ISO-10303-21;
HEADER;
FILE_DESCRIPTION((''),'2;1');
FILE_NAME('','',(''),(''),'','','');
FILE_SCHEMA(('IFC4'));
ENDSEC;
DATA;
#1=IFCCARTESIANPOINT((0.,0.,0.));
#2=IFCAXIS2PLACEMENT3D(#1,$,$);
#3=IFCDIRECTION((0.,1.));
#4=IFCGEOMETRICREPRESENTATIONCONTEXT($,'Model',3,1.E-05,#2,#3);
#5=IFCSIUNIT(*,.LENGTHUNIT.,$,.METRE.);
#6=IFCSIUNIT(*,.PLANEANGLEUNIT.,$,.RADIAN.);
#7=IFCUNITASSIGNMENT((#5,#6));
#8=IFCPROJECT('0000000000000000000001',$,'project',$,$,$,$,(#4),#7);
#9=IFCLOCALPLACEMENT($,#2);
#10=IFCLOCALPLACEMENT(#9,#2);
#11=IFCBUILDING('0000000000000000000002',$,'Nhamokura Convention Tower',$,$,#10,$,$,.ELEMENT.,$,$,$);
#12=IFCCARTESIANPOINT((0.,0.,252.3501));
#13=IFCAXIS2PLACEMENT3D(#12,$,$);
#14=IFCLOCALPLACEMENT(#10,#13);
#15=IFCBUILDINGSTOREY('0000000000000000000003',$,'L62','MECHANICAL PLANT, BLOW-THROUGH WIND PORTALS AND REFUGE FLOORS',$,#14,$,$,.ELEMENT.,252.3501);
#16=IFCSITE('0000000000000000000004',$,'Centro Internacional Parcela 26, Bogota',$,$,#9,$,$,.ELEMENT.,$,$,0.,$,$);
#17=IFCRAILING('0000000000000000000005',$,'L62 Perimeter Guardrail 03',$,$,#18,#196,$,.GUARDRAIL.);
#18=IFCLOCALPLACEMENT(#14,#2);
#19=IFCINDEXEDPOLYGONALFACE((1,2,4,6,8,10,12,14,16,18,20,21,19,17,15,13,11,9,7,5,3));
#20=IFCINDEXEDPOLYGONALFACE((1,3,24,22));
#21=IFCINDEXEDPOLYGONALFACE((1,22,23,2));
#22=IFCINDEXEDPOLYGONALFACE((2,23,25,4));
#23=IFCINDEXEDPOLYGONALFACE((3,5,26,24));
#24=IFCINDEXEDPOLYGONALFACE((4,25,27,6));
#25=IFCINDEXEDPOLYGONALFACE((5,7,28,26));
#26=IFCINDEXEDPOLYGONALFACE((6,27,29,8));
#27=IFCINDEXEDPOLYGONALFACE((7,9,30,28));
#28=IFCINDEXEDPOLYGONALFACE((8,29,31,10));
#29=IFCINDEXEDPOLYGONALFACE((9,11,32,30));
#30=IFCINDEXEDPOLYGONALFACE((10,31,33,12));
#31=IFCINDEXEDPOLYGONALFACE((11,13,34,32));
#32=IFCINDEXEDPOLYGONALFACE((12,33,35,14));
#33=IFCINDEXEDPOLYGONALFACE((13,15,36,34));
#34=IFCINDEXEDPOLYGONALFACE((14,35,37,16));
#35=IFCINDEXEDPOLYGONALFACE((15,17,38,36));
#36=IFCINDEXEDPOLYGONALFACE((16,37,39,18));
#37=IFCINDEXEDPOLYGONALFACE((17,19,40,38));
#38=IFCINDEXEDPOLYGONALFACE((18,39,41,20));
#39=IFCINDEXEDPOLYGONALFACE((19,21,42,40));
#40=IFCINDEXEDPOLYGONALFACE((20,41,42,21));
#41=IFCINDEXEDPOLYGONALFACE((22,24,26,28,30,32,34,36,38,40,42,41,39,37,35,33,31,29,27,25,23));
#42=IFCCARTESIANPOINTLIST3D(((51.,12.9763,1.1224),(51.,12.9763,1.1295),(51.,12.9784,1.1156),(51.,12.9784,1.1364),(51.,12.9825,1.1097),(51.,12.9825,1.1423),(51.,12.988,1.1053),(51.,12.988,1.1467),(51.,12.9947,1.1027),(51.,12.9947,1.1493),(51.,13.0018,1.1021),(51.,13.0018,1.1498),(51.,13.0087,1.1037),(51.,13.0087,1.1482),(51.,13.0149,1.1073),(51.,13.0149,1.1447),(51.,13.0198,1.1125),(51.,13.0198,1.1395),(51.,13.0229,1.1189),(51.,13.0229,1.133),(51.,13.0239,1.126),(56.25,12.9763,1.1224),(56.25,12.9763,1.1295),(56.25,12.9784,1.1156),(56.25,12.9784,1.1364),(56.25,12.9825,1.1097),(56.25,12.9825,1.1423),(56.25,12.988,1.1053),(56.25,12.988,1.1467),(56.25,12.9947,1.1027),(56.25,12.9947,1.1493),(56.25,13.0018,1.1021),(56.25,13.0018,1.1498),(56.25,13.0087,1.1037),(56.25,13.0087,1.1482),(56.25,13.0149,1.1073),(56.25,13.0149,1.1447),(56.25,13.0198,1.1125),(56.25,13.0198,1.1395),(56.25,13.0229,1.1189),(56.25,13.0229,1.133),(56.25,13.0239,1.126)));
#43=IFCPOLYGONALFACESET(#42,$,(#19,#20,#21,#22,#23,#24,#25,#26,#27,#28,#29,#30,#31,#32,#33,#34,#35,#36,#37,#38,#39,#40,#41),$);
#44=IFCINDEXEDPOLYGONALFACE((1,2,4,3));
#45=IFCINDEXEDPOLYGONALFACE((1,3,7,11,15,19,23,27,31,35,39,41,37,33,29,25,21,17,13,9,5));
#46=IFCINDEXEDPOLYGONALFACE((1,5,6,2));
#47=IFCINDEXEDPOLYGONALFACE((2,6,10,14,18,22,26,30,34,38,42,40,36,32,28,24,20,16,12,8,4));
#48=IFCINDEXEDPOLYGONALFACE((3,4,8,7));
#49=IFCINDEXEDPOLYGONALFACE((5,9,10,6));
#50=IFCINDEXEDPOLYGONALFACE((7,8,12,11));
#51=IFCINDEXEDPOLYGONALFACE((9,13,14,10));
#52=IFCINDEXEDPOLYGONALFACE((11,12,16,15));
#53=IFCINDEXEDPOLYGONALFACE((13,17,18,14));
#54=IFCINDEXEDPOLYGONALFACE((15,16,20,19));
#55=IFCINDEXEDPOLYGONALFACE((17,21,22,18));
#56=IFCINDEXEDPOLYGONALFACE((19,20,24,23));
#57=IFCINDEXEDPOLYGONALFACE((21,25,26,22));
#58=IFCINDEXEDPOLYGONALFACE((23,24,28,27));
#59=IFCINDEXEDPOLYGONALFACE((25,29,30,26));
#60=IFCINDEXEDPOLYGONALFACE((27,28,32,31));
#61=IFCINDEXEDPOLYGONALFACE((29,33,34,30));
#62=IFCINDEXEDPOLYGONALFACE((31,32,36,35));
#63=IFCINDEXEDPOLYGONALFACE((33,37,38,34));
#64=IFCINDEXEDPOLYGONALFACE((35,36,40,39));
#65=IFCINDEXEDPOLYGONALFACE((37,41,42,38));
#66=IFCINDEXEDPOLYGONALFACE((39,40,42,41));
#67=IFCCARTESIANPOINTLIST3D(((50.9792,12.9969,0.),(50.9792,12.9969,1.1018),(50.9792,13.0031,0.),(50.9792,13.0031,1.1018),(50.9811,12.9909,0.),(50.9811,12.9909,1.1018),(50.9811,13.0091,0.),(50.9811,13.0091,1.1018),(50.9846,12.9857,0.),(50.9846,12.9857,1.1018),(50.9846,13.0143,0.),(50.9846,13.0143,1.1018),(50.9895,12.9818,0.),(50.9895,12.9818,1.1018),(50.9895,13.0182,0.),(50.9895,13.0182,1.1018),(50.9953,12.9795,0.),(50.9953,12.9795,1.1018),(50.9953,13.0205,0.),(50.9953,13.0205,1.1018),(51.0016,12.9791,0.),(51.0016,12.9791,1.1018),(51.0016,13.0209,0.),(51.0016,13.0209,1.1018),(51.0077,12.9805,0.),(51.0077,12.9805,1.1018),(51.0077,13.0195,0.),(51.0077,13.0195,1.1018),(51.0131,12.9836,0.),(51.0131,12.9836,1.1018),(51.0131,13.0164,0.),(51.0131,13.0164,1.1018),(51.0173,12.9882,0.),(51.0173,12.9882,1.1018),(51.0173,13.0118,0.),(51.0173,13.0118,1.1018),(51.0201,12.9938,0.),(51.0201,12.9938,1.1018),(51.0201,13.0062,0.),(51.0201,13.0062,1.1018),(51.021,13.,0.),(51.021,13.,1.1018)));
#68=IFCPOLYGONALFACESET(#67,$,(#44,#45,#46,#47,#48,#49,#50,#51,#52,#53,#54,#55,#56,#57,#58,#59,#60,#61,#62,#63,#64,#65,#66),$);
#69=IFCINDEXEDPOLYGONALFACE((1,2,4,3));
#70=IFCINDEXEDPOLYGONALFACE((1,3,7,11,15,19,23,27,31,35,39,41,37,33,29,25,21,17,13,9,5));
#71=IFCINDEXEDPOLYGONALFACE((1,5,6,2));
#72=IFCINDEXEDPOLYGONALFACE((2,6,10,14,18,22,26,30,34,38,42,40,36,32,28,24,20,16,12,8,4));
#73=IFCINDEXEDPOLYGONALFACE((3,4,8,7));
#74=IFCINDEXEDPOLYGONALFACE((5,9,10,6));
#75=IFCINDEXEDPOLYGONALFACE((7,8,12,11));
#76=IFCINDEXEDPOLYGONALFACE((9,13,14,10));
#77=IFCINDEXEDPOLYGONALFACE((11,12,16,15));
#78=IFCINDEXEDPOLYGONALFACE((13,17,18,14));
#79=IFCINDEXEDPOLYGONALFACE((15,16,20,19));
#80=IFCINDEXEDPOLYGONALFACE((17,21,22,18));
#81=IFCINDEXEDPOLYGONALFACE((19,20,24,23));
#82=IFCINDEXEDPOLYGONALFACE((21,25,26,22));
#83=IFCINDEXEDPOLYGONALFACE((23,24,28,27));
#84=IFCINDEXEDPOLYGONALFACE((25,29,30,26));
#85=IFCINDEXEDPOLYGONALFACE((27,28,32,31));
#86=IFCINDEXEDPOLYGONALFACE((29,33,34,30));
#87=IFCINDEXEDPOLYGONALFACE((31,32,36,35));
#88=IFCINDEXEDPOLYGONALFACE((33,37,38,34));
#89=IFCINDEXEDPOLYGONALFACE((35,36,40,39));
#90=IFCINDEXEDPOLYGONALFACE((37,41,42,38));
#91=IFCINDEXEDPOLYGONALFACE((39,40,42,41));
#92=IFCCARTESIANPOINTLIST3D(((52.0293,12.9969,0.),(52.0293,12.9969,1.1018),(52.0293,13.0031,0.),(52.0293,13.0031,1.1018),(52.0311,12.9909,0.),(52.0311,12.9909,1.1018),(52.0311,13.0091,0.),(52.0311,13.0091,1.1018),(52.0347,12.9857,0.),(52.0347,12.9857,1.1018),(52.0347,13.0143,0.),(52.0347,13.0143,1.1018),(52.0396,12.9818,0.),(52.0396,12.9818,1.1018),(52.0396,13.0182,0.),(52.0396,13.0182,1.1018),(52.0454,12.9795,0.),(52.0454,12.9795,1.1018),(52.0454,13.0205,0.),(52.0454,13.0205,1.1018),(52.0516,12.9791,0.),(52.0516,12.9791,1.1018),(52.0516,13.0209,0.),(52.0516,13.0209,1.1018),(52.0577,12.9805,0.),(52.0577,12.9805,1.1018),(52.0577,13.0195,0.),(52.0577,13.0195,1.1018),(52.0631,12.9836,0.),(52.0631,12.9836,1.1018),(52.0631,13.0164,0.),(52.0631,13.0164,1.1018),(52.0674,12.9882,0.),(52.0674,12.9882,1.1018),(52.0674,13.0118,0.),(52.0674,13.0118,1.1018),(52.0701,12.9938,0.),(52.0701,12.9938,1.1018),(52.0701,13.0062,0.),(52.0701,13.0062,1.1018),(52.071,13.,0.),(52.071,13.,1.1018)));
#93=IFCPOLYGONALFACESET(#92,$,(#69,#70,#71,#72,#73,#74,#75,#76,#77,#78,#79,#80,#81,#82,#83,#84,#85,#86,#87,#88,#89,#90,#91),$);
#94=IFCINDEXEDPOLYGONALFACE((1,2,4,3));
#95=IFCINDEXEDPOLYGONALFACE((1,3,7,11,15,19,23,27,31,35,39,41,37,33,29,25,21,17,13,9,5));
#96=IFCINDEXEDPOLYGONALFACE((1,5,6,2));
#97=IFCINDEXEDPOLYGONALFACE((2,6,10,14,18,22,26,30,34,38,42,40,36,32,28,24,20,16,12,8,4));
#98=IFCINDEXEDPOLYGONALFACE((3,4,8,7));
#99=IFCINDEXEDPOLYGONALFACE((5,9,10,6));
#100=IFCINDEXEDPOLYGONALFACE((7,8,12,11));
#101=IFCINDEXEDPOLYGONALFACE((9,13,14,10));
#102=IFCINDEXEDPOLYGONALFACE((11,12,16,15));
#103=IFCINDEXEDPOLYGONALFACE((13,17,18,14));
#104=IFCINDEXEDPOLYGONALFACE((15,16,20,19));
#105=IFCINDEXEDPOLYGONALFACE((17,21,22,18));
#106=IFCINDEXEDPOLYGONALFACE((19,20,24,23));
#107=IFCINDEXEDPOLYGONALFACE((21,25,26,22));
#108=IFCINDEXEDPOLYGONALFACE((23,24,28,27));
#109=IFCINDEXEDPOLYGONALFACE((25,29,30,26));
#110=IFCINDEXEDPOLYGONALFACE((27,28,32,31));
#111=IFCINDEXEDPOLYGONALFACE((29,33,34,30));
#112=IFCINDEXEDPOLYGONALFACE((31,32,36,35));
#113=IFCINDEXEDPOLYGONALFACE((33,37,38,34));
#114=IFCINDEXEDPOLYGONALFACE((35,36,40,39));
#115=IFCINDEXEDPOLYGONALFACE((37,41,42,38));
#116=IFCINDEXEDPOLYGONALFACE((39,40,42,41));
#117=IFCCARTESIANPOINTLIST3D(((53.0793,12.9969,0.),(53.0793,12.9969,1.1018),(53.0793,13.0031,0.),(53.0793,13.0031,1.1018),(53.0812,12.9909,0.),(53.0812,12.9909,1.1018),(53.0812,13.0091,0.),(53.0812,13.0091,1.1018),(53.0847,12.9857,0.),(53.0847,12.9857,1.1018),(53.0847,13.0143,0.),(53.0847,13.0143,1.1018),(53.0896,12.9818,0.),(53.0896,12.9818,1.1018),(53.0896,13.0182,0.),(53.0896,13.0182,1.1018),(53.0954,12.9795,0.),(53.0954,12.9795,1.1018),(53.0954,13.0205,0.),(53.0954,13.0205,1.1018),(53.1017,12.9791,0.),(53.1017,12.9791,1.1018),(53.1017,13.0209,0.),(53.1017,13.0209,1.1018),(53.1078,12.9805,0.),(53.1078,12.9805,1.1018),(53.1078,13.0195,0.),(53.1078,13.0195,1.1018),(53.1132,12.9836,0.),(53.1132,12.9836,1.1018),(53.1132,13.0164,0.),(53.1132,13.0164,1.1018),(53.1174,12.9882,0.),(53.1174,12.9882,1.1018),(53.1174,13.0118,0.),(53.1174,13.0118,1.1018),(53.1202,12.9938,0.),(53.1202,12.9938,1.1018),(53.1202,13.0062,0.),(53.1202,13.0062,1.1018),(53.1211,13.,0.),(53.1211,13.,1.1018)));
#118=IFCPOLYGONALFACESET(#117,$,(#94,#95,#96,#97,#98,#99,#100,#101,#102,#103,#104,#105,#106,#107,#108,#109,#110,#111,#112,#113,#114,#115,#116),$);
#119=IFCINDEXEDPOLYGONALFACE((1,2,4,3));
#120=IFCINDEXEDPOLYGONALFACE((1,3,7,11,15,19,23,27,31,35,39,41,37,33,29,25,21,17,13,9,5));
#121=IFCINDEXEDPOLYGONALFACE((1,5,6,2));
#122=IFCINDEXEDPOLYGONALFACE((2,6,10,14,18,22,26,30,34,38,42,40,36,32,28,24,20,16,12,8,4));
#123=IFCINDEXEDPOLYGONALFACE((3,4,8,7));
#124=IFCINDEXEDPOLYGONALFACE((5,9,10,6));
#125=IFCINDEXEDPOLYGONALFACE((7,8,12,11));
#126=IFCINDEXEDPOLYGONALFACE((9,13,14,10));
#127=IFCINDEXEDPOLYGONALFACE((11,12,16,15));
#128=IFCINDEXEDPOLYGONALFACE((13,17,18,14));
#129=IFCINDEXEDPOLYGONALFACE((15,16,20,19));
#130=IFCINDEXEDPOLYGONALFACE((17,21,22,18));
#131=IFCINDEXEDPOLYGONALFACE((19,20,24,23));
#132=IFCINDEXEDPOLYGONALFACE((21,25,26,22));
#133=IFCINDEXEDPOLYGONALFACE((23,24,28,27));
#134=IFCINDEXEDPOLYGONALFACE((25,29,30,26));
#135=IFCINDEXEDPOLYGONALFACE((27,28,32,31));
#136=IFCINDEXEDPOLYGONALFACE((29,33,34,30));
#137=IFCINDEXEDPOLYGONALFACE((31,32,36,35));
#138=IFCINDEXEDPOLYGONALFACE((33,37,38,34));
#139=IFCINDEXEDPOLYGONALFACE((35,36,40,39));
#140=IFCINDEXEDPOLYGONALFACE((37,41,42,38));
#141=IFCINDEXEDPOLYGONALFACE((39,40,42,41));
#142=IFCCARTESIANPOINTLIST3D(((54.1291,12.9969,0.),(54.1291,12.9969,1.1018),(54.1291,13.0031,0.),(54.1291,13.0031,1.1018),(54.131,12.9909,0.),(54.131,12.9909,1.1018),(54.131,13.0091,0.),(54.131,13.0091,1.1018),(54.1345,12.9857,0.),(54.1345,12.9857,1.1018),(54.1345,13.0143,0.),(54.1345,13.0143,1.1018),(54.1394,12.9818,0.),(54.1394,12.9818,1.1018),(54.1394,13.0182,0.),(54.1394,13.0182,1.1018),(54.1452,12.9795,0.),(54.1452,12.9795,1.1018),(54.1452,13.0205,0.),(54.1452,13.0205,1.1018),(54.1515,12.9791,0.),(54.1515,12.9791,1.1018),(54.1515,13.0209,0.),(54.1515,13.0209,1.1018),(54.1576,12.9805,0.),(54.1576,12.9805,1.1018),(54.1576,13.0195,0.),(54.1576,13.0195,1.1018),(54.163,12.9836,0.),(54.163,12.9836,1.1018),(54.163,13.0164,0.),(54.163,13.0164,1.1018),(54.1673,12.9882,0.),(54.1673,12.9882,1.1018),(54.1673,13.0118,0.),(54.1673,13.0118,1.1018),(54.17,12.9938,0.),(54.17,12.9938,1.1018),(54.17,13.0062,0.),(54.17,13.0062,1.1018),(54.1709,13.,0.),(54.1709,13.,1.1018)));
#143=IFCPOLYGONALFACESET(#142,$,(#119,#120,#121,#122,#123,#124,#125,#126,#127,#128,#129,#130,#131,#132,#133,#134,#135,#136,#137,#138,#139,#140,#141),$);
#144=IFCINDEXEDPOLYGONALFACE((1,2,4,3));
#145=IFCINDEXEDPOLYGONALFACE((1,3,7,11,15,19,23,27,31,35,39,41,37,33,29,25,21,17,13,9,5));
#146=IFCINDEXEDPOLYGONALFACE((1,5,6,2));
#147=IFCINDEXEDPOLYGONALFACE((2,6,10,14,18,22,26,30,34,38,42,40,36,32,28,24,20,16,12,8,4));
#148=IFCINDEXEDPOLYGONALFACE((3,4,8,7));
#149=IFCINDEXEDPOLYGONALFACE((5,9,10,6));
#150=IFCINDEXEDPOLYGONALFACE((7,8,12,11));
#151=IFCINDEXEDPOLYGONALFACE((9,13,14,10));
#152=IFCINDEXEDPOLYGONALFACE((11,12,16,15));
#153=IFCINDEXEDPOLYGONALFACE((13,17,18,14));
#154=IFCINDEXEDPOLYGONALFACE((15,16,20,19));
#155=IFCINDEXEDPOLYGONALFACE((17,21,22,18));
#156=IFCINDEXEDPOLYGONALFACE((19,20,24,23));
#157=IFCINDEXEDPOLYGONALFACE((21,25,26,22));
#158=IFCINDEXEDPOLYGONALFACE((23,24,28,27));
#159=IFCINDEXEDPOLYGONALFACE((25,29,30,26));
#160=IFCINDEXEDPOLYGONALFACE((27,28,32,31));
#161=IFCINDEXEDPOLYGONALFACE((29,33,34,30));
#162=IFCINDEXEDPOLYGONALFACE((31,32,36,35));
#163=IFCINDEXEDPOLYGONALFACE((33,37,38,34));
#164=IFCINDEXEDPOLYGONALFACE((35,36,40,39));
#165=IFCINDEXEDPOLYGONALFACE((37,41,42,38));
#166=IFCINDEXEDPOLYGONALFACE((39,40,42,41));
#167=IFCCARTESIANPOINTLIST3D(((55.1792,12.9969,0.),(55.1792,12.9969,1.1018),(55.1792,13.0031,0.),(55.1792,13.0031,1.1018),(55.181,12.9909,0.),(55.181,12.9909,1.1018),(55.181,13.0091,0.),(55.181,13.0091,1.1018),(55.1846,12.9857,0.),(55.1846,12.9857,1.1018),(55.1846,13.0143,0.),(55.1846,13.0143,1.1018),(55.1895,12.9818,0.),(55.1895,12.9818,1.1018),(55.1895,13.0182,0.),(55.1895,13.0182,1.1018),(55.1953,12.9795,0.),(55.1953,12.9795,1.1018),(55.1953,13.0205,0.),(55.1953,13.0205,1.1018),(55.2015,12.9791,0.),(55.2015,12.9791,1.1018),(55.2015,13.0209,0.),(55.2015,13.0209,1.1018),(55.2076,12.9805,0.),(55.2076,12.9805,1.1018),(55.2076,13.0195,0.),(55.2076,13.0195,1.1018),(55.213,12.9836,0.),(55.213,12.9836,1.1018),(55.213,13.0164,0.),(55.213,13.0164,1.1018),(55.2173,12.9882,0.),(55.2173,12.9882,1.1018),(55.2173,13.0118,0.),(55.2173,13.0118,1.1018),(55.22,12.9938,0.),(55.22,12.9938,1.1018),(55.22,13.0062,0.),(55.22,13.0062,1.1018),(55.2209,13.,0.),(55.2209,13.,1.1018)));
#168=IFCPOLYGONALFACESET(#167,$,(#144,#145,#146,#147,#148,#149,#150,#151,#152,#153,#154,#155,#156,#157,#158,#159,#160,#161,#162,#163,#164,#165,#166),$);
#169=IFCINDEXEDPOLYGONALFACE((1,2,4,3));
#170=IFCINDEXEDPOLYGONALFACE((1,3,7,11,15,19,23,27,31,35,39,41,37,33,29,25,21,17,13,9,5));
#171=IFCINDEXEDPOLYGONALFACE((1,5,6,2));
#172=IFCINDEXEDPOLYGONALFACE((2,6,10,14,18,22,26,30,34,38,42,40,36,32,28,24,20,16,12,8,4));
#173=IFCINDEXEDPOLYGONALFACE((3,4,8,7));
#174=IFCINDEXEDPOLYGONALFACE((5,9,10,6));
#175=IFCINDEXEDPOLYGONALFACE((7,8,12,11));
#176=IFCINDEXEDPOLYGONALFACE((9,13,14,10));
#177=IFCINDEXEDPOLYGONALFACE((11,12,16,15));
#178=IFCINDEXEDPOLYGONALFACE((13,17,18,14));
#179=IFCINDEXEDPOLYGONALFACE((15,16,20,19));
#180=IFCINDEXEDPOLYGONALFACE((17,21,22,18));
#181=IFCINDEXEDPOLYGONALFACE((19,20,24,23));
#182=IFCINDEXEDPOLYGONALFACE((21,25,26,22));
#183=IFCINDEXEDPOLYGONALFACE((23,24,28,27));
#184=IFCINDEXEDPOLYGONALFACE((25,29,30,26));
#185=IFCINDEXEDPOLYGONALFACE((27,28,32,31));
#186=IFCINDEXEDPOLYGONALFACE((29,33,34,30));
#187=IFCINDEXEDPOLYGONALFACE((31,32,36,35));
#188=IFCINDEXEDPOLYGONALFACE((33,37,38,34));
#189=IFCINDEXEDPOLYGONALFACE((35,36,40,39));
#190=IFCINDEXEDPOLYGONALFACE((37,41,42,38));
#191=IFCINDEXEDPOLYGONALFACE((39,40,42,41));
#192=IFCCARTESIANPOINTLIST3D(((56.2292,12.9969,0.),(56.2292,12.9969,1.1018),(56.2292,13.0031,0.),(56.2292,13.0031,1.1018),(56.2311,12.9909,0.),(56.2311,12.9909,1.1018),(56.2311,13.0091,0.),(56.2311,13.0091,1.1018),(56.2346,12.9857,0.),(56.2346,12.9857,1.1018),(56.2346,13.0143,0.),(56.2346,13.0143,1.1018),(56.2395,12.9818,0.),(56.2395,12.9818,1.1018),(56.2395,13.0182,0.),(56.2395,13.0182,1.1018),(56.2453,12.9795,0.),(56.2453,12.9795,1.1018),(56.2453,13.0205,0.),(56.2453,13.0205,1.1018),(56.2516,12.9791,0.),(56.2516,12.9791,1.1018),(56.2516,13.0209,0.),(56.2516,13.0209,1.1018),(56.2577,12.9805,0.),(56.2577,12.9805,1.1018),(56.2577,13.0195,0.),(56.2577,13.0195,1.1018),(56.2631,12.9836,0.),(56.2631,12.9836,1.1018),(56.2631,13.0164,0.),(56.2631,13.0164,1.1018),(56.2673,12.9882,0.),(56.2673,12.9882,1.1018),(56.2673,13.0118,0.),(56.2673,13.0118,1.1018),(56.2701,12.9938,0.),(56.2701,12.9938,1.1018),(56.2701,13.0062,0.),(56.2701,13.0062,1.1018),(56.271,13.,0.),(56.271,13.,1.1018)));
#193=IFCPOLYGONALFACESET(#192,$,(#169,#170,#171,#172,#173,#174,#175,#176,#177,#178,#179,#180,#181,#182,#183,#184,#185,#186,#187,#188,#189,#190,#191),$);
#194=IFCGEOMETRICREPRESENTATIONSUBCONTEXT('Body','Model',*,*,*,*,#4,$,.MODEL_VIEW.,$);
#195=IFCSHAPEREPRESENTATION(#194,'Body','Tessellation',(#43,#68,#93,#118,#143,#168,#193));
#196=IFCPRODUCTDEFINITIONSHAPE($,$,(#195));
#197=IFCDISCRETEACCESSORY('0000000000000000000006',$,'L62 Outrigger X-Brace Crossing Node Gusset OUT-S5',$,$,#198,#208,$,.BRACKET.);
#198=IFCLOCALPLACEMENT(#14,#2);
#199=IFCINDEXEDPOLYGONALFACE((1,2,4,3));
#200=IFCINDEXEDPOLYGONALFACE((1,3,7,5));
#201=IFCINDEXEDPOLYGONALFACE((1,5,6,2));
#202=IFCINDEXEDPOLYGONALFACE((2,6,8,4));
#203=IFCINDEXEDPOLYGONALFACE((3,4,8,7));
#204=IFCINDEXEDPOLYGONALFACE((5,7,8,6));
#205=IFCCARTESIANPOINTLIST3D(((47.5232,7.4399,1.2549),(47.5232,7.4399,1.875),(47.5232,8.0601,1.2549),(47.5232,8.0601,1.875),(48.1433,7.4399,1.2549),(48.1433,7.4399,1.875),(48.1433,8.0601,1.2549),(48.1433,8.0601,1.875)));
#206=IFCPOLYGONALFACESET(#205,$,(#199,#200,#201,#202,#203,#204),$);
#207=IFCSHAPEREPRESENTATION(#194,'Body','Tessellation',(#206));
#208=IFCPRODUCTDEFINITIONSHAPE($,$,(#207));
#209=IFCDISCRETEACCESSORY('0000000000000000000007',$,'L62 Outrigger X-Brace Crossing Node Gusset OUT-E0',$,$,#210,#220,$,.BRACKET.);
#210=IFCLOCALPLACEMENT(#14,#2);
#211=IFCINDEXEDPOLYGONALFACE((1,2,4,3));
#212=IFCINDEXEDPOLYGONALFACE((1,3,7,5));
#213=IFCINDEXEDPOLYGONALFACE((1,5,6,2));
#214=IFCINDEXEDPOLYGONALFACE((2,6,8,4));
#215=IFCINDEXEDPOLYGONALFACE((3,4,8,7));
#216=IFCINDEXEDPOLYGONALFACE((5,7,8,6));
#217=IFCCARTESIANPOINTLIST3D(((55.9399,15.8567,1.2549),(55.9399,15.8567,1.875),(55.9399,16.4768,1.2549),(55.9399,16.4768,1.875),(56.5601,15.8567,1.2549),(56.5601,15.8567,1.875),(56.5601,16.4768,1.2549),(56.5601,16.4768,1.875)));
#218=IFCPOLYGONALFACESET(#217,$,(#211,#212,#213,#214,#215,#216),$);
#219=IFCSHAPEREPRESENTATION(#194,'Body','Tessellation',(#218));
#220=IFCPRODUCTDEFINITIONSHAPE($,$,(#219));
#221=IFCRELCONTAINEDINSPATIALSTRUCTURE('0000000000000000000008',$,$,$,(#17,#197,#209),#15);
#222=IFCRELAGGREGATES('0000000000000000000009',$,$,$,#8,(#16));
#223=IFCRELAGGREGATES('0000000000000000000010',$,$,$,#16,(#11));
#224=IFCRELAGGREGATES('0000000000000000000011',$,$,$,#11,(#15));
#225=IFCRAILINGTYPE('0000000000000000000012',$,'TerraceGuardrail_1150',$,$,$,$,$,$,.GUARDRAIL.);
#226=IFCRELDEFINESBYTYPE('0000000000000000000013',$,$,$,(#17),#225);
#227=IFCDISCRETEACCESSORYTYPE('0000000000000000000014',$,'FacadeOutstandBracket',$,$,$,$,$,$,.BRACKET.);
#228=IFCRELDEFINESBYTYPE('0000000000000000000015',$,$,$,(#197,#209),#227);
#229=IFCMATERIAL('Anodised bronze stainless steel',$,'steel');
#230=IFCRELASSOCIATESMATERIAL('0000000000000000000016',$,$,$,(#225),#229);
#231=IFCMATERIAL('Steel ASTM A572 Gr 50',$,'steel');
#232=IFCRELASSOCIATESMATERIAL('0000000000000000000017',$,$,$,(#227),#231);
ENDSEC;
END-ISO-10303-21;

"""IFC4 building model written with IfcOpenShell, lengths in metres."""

from ifc_helpers import new_model, si_unit, direction, frame, origin, origin_2d, place, context, subcontext, project, spatial, rectangle, circle, extrude, material, type_object, element, save


model = new_model("IFC4")

# Units and contexts
model_context = context("Model", 3, precision=1e-05, world=origin(), true_north=direction((0.0, 1.0)))
body_context = subcontext(model_context, "Body", "Model", "MODEL_VIEW")
ifc_project = project(units=[si_unit("LENGTHUNIT", "METRE"), si_unit("PLANEANGLEUNIT", "RADIAN")], contexts=[model_context])

# Site, building, storey
site_placement = place(None, origin())
site = spatial("IfcSite", under=ifc_project, at=site_placement, Name="Centro Internacional Parcela 26, Bogota", CompositionType="ELEMENT", RefElevation=0.0)
building_placement = place(site_placement, origin())
building = spatial("IfcBuilding", under=site, at=building_placement, Name="Nhamokura Convention Tower", CompositionType="ELEMENT")
storey_placement = place(building_placement, frame((0.0, 0.0, 252.3501)))
storey = spatial("IfcBuildingStorey", under=building, at=storey_placement, Name="L62", Description="MECHANICAL PLANT, BLOW-THROUGH WIND PORTALS AND REFUGE FLOORS", CompositionType="ELEMENT", Elevation=252.3501)

# Railing
ifc_material_1 = material(Name="Anodised bronze stainless steel", Category="steel")
railing_type = type_object("IfcRailingType", Name="TerraceGuardrail_1150", PredefinedType="GUARDRAIL", material=ifc_material_1)
railing_1_placement = place(storey_placement, frame((51.0, 13.0, 0.0)))
element("IfcRailing", 1, at=railing_1_placement, inside=storey, type_object=railing_type, Name="L62 Perimeter Guardrail 03", PredefinedType="GUARDRAIL", context=body_context, shape_type="SweptSolid", body=[
    extrude(circle(Radius=0.0239, at=origin_2d()), frame((0.0, 0.0, 1.126), z_axis=(1.0, 0.0, 0.0), x_axis=(0.0, 1.0, 0.0)), (0.0, 0.0, 1.0), 5.25),
    extrude(circle(Radius=0.021, at=origin_2d()), origin(), (0.0, 0.0, 1.0), 1.1018),
    extrude(circle(Radius=0.021, at=origin_2d()), frame((1.05, 0.0, 0.0)), (0.0, 0.0, 1.0), 1.1018),
    extrude(circle(Radius=0.021, at=origin_2d()), frame((2.1001, 0.0, 0.0)), (0.0, 0.0, 1.0), 1.1018),
    extrude(circle(Radius=0.021, at=origin_2d()), frame((3.1499, 0.0, 0.0)), (0.0, 0.0, 1.0), 1.1018),
    extrude(circle(Radius=0.021, at=origin_2d()), frame((4.2, 0.0, 0.0)), (0.0, 0.0, 1.0), 1.1018),
    extrude(circle(Radius=0.021, at=origin_2d()), frame((5.25, 0.0, 0.0)), (0.0, 0.0, 1.0), 1.1018),
])

# Discrete accessories
ifc_material_2 = material(Name="Steel ASTM A572 Gr 50", Category="steel")
discrete_accessory_type = type_object("IfcDiscreteAccessoryType", Name="FacadeOutstandBracket", PredefinedType="BRACKET", material=ifc_material_2)
for number, where, z_axis, x_axis, name in (
    (2, (47.8333, 7.75, 1.2549), (0.0, 0.0, 1.0), (1.0, 0.0, 0.0), "L62 Outrigger X-Brace Crossing Node Gusset OUT-S5"),
    (3, (56.25, 16.1667, 1.2549), (0.0, 0.0, 1.0), (1.0, 0.0, 0.0), "L62 Outrigger X-Brace Crossing Node Gusset OUT-E0"),
):
    element("IfcDiscreteAccessory", number, at=place(storey_placement, frame(where, z_axis=z_axis, x_axis=x_axis)), inside=storey, type_object=discrete_accessory_type, Name=name, PredefinedType="BRACKET", context=body_context, shape_type="SweptSolid", body=[
        extrude(rectangle(XDim=0.6201, YDim=0.6201, at=origin_2d()), origin(), (0.0, 0.0, 1.0), 0.6201),
    ])

save(model, "model.ifc")
